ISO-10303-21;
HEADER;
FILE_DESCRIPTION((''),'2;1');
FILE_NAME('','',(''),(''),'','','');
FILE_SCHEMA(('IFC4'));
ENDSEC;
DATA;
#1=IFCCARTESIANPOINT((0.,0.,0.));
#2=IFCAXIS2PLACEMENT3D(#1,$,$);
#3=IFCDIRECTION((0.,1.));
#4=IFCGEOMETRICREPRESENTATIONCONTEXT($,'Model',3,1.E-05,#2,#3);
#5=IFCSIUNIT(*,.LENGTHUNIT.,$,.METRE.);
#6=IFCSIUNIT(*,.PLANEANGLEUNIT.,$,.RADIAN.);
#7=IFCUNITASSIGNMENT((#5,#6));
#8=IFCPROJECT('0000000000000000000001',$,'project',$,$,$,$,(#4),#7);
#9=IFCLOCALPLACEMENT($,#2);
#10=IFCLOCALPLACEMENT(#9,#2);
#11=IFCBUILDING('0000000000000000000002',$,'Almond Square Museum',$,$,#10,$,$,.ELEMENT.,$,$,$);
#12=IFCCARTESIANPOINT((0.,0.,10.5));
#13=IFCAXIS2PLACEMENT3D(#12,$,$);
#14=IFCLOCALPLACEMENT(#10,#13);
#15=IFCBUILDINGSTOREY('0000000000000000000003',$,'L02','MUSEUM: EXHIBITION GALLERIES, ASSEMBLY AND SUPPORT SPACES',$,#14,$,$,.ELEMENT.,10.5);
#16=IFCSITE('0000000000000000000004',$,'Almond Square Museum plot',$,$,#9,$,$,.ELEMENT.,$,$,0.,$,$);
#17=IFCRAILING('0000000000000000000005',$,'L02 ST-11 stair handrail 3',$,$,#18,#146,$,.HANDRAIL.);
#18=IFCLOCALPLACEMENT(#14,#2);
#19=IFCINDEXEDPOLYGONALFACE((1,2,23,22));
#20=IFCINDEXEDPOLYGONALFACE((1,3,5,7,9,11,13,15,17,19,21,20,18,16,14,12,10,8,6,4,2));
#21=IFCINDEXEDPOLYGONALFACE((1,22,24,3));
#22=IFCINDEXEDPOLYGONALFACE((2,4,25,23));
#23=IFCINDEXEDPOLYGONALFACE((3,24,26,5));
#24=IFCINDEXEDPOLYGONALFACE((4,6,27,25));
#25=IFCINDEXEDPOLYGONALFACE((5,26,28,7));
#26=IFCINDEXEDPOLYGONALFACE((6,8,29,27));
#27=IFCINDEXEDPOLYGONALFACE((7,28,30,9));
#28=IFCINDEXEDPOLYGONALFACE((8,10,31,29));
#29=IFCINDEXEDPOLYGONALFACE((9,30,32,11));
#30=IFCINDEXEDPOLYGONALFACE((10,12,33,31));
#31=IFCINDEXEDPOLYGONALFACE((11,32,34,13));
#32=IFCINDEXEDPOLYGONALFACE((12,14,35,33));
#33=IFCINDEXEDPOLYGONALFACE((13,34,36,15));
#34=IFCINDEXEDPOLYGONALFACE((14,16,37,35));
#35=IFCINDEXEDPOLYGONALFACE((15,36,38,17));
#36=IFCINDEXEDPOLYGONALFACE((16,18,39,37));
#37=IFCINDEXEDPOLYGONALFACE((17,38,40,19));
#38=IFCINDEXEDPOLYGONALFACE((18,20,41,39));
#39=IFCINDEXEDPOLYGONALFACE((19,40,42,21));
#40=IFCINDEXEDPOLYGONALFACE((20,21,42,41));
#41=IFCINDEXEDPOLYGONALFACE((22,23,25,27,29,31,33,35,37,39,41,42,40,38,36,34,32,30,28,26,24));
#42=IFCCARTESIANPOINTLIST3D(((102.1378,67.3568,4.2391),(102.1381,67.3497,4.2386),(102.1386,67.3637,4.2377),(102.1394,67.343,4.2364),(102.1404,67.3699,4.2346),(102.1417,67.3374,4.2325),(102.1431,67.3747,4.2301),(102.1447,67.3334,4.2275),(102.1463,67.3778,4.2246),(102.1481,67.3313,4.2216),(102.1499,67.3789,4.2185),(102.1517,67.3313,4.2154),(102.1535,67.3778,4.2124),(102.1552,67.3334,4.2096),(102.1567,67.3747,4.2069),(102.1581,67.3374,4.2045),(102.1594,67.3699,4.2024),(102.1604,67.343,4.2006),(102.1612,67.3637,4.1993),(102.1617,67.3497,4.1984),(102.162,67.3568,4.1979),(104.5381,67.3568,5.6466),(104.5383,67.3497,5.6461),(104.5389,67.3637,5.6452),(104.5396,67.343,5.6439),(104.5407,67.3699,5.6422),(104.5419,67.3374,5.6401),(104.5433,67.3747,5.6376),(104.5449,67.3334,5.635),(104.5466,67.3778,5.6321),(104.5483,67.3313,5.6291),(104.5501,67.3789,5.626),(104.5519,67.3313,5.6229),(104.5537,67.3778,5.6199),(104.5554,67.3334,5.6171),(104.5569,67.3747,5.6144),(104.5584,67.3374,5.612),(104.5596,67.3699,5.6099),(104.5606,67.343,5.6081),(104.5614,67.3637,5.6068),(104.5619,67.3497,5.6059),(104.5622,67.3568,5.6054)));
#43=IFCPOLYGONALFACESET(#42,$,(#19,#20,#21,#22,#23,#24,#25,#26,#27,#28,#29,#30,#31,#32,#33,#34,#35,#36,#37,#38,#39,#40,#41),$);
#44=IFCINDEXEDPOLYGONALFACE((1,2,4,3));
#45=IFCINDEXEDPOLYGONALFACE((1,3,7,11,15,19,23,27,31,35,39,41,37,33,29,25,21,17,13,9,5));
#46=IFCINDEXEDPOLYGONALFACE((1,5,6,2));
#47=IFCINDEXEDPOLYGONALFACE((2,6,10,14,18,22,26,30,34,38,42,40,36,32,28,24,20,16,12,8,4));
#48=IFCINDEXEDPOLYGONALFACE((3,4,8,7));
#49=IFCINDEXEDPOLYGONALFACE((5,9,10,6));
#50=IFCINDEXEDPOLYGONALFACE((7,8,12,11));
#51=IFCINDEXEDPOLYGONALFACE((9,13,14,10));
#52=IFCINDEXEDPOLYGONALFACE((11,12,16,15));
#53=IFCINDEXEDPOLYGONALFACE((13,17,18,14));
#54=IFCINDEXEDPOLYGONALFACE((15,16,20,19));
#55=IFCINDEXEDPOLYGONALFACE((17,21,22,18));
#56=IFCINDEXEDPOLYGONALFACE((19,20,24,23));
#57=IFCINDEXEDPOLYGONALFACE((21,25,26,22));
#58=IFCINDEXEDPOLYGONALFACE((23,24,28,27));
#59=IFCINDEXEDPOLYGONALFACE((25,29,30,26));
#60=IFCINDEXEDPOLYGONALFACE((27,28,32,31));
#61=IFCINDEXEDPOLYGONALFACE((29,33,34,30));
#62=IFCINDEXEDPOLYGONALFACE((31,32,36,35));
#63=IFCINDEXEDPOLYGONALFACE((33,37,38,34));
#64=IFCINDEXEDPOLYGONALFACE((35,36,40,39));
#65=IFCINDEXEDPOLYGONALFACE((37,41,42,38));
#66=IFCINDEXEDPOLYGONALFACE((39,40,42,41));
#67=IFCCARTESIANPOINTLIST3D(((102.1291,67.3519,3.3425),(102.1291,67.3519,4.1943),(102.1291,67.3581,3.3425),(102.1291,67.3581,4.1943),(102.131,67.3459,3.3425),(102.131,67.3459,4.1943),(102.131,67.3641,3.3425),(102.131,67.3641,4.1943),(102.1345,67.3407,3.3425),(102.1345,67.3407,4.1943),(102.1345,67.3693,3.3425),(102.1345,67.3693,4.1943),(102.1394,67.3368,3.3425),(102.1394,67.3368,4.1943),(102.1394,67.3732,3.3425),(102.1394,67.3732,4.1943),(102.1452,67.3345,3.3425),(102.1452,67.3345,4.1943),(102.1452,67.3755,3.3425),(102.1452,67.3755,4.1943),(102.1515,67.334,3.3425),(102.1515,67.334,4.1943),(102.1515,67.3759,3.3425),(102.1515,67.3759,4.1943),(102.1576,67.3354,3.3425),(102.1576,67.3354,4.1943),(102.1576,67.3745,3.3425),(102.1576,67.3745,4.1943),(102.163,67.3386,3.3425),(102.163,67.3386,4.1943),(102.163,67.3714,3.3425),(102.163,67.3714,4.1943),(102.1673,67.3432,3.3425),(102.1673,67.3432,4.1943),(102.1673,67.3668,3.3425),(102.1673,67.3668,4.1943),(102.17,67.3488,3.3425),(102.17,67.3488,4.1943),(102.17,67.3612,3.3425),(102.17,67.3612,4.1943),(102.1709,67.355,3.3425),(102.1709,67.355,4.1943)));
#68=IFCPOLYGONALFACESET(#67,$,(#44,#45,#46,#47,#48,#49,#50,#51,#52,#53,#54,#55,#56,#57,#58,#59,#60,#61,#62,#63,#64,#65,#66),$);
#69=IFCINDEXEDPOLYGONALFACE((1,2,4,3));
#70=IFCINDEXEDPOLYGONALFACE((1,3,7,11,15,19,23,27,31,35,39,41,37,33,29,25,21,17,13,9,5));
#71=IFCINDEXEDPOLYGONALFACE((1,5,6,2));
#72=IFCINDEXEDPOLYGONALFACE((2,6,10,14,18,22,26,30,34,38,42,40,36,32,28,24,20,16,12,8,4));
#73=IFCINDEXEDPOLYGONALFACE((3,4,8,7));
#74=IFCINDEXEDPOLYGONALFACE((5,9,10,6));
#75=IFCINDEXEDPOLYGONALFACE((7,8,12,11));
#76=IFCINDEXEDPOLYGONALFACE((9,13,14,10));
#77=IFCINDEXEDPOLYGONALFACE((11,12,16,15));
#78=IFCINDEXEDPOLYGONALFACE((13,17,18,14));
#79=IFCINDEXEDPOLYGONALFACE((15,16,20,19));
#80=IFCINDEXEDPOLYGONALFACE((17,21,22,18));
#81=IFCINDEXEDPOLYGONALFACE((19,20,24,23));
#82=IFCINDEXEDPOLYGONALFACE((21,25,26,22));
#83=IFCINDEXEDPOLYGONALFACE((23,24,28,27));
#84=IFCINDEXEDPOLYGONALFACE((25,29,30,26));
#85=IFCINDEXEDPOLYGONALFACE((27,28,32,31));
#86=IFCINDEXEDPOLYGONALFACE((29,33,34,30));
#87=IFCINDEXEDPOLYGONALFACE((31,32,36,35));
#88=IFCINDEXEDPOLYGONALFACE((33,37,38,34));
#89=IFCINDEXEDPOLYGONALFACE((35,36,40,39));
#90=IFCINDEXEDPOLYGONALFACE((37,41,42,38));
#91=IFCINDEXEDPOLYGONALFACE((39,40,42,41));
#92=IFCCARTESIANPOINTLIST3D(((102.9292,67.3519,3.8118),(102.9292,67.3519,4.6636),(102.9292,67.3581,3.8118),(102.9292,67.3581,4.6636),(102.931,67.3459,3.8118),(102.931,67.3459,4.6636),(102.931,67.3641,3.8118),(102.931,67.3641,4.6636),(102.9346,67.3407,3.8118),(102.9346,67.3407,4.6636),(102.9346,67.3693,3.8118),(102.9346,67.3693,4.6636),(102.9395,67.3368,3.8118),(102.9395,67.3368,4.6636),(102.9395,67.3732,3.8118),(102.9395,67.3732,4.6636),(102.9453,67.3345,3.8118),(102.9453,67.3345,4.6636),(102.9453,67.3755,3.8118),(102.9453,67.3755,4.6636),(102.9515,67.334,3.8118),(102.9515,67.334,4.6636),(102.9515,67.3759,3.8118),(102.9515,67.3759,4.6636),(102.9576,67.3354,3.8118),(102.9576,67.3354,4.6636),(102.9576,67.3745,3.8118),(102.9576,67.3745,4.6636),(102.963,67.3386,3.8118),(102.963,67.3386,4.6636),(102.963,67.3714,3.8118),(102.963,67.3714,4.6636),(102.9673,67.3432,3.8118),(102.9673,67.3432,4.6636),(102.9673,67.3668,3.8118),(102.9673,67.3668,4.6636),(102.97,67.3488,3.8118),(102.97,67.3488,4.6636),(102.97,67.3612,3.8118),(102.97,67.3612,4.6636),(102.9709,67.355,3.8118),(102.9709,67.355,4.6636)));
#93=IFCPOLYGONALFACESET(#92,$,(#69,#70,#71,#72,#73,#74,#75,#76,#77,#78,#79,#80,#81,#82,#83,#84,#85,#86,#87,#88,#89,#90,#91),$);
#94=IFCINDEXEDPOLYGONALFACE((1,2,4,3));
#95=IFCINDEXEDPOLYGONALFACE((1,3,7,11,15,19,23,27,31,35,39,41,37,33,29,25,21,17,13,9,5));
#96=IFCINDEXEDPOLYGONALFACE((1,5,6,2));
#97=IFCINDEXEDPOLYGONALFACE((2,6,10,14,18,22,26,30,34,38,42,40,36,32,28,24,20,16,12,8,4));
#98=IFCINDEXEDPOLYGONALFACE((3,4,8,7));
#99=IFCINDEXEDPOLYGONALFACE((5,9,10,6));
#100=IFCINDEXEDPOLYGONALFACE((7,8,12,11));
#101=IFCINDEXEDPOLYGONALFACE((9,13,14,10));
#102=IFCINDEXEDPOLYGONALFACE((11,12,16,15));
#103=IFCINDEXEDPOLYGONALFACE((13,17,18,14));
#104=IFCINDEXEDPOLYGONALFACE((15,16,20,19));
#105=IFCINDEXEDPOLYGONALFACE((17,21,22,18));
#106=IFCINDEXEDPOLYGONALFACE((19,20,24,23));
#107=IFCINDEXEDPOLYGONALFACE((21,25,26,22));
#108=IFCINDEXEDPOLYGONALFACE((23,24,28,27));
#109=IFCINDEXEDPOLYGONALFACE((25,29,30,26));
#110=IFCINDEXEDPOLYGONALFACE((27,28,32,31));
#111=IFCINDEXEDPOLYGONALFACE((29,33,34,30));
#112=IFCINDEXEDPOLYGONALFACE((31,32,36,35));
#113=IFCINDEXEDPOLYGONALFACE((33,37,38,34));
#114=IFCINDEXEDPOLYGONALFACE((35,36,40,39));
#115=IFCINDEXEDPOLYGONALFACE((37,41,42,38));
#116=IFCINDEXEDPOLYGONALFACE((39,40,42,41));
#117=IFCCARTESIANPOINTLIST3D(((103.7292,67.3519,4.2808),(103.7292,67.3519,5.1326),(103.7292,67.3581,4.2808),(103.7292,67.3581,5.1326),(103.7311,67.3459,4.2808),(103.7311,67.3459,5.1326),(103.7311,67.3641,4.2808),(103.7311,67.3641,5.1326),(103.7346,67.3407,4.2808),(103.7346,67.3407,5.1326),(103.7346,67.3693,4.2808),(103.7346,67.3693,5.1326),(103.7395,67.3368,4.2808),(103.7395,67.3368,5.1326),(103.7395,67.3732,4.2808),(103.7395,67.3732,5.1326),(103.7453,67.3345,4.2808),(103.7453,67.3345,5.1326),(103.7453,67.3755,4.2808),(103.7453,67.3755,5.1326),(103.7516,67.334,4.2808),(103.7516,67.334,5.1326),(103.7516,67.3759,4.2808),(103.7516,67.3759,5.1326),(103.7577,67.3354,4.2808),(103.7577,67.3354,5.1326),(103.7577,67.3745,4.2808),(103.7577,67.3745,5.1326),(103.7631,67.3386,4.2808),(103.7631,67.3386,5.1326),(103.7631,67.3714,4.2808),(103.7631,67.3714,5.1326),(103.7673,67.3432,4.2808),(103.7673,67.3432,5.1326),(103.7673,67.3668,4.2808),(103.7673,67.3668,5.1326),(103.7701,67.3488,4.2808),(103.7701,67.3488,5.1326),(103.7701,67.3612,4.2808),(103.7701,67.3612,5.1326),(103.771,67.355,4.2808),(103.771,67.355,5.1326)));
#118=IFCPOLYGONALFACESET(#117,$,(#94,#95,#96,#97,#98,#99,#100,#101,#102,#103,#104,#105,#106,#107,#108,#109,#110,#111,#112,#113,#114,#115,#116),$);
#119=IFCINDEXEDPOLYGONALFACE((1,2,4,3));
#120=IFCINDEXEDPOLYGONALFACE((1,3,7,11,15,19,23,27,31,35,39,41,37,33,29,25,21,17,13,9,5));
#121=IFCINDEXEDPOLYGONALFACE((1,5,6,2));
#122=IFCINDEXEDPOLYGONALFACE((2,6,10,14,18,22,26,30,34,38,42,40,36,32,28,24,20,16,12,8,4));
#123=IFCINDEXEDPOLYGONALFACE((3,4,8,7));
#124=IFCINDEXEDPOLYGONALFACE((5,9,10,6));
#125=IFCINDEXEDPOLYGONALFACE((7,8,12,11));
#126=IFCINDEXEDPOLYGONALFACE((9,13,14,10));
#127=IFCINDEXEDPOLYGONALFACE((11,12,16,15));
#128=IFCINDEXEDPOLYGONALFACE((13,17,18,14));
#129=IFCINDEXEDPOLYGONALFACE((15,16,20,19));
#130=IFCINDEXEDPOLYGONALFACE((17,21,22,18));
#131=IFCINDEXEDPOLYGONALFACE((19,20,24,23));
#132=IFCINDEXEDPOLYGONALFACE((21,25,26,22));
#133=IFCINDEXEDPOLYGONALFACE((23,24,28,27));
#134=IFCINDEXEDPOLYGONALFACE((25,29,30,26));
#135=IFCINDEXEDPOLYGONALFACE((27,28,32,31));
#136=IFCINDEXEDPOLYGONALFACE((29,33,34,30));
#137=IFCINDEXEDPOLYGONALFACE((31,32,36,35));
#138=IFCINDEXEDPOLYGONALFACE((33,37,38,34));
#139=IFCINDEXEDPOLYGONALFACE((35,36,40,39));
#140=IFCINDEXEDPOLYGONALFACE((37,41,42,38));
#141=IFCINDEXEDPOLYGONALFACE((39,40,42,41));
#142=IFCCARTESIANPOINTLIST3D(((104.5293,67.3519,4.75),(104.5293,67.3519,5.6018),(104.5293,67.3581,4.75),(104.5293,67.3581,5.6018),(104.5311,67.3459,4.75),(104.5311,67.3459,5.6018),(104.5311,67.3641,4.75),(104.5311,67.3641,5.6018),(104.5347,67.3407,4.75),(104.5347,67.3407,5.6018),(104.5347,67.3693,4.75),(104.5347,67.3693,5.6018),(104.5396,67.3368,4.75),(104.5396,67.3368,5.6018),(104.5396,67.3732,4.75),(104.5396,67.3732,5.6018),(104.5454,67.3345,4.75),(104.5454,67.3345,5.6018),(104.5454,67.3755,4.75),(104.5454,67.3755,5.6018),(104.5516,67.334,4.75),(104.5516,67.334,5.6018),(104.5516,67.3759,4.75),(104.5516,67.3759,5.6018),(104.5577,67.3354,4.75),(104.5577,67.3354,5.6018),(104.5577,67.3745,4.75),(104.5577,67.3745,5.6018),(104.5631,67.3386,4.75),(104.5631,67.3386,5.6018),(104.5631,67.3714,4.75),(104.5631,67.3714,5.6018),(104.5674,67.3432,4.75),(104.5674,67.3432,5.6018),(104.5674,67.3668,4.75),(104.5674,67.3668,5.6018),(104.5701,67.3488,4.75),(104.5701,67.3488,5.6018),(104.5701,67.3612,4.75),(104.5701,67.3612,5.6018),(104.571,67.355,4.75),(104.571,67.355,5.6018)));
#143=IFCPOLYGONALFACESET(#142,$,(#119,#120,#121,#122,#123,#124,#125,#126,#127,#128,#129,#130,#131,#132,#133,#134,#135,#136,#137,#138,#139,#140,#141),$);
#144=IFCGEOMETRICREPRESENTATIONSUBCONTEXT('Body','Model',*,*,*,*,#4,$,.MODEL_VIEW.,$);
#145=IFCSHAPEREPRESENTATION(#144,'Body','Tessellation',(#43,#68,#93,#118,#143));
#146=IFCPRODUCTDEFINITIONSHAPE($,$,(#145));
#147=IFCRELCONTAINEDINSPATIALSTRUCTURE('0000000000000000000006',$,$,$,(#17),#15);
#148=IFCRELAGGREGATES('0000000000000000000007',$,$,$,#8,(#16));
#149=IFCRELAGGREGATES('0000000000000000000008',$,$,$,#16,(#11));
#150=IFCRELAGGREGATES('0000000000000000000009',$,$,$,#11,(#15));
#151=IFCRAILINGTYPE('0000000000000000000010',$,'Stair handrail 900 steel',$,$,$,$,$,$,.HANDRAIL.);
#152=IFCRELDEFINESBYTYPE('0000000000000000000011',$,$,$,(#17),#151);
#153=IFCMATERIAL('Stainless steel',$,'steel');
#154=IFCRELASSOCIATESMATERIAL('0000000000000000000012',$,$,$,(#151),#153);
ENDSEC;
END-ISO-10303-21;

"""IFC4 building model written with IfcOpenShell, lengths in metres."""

from ifc_helpers import new_model, si_unit, direction, frame, origin, origin_2d, place, context, subcontext, project, spatial, circle, extrude, material, type_object, element, save


model = new_model("IFC4")

# Units and contexts
model_context = context("Model", 3, precision=1e-05, world=origin(), true_north=direction((0.0, 1.0)))
body_context = subcontext(model_context, "Body", "Model", "MODEL_VIEW")
ifc_project = project(units=[si_unit("LENGTHUNIT", "METRE"), si_unit("PLANEANGLEUNIT", "RADIAN")], contexts=[model_context])

# Site, building, storey
site_placement = place(None, origin())
site = spatial("IfcSite", under=ifc_project, at=site_placement, Name="Almond Square Museum plot", CompositionType="ELEMENT", RefElevation=0.0)
building_placement = place(site_placement, origin())
building = spatial("IfcBuilding", under=site, at=building_placement, Name="Almond Square Museum", CompositionType="ELEMENT")
storey_placement = place(building_placement, frame((0.0, 0.0, 10.5)))
storey = spatial("IfcBuildingStorey", under=building, at=storey_placement, Name="L02", Description="MUSEUM: EXHIBITION GALLERIES, ASSEMBLY AND SUPPORT SPACES", CompositionType="ELEMENT", Elevation=10.5)

# Railing
ifc_material_1 = material(Name="Stainless steel", Category="steel")
railing_type_1 = type_object("IfcRailingType", Name="Stair handrail 900 steel", PredefinedType="HANDRAIL", material=ifc_material_1)
railing_1_placement = place(storey_placement, frame((102.1499, 67.355, 3.3425)))
element("IfcRailing", 1, at=railing_1_placement, inside=storey, type_object=railing_type_1, Name="L02 ST-11 stair handrail 3", PredefinedType="HANDRAIL", context=body_context, shape_type="SweptSolid", body=[
    extrude(circle(Radius=0.0239, at=origin_2d()), frame((0.0, 0.0, 0.876), z_axis=(0.862621, 0.0, 0.50585), x_axis=(0.0, 1.0, 0.0)), (0.0, 0.0, 1.0), 2.7825),
    extrude(circle(Radius=0.021, at=origin_2d()), origin(), (0.0, 0.0, 1.0), 0.8518),
    extrude(circle(Radius=0.021, at=origin_2d()), frame((0.8, 0.0, 0.4692)), (0.0, 0.0, 1.0), 0.8518),
    extrude(circle(Radius=0.021, at=origin_2d()), frame((1.6001, 0.0, 0.9382)), (0.0, 0.0, 1.0), 0.8518),
    extrude(circle(Radius=0.021, at=origin_2d()), frame((2.4001, 0.0, 1.4075)), (0.0, 0.0, 1.0), 0.8518),
])

save(model, "model.ifc")
